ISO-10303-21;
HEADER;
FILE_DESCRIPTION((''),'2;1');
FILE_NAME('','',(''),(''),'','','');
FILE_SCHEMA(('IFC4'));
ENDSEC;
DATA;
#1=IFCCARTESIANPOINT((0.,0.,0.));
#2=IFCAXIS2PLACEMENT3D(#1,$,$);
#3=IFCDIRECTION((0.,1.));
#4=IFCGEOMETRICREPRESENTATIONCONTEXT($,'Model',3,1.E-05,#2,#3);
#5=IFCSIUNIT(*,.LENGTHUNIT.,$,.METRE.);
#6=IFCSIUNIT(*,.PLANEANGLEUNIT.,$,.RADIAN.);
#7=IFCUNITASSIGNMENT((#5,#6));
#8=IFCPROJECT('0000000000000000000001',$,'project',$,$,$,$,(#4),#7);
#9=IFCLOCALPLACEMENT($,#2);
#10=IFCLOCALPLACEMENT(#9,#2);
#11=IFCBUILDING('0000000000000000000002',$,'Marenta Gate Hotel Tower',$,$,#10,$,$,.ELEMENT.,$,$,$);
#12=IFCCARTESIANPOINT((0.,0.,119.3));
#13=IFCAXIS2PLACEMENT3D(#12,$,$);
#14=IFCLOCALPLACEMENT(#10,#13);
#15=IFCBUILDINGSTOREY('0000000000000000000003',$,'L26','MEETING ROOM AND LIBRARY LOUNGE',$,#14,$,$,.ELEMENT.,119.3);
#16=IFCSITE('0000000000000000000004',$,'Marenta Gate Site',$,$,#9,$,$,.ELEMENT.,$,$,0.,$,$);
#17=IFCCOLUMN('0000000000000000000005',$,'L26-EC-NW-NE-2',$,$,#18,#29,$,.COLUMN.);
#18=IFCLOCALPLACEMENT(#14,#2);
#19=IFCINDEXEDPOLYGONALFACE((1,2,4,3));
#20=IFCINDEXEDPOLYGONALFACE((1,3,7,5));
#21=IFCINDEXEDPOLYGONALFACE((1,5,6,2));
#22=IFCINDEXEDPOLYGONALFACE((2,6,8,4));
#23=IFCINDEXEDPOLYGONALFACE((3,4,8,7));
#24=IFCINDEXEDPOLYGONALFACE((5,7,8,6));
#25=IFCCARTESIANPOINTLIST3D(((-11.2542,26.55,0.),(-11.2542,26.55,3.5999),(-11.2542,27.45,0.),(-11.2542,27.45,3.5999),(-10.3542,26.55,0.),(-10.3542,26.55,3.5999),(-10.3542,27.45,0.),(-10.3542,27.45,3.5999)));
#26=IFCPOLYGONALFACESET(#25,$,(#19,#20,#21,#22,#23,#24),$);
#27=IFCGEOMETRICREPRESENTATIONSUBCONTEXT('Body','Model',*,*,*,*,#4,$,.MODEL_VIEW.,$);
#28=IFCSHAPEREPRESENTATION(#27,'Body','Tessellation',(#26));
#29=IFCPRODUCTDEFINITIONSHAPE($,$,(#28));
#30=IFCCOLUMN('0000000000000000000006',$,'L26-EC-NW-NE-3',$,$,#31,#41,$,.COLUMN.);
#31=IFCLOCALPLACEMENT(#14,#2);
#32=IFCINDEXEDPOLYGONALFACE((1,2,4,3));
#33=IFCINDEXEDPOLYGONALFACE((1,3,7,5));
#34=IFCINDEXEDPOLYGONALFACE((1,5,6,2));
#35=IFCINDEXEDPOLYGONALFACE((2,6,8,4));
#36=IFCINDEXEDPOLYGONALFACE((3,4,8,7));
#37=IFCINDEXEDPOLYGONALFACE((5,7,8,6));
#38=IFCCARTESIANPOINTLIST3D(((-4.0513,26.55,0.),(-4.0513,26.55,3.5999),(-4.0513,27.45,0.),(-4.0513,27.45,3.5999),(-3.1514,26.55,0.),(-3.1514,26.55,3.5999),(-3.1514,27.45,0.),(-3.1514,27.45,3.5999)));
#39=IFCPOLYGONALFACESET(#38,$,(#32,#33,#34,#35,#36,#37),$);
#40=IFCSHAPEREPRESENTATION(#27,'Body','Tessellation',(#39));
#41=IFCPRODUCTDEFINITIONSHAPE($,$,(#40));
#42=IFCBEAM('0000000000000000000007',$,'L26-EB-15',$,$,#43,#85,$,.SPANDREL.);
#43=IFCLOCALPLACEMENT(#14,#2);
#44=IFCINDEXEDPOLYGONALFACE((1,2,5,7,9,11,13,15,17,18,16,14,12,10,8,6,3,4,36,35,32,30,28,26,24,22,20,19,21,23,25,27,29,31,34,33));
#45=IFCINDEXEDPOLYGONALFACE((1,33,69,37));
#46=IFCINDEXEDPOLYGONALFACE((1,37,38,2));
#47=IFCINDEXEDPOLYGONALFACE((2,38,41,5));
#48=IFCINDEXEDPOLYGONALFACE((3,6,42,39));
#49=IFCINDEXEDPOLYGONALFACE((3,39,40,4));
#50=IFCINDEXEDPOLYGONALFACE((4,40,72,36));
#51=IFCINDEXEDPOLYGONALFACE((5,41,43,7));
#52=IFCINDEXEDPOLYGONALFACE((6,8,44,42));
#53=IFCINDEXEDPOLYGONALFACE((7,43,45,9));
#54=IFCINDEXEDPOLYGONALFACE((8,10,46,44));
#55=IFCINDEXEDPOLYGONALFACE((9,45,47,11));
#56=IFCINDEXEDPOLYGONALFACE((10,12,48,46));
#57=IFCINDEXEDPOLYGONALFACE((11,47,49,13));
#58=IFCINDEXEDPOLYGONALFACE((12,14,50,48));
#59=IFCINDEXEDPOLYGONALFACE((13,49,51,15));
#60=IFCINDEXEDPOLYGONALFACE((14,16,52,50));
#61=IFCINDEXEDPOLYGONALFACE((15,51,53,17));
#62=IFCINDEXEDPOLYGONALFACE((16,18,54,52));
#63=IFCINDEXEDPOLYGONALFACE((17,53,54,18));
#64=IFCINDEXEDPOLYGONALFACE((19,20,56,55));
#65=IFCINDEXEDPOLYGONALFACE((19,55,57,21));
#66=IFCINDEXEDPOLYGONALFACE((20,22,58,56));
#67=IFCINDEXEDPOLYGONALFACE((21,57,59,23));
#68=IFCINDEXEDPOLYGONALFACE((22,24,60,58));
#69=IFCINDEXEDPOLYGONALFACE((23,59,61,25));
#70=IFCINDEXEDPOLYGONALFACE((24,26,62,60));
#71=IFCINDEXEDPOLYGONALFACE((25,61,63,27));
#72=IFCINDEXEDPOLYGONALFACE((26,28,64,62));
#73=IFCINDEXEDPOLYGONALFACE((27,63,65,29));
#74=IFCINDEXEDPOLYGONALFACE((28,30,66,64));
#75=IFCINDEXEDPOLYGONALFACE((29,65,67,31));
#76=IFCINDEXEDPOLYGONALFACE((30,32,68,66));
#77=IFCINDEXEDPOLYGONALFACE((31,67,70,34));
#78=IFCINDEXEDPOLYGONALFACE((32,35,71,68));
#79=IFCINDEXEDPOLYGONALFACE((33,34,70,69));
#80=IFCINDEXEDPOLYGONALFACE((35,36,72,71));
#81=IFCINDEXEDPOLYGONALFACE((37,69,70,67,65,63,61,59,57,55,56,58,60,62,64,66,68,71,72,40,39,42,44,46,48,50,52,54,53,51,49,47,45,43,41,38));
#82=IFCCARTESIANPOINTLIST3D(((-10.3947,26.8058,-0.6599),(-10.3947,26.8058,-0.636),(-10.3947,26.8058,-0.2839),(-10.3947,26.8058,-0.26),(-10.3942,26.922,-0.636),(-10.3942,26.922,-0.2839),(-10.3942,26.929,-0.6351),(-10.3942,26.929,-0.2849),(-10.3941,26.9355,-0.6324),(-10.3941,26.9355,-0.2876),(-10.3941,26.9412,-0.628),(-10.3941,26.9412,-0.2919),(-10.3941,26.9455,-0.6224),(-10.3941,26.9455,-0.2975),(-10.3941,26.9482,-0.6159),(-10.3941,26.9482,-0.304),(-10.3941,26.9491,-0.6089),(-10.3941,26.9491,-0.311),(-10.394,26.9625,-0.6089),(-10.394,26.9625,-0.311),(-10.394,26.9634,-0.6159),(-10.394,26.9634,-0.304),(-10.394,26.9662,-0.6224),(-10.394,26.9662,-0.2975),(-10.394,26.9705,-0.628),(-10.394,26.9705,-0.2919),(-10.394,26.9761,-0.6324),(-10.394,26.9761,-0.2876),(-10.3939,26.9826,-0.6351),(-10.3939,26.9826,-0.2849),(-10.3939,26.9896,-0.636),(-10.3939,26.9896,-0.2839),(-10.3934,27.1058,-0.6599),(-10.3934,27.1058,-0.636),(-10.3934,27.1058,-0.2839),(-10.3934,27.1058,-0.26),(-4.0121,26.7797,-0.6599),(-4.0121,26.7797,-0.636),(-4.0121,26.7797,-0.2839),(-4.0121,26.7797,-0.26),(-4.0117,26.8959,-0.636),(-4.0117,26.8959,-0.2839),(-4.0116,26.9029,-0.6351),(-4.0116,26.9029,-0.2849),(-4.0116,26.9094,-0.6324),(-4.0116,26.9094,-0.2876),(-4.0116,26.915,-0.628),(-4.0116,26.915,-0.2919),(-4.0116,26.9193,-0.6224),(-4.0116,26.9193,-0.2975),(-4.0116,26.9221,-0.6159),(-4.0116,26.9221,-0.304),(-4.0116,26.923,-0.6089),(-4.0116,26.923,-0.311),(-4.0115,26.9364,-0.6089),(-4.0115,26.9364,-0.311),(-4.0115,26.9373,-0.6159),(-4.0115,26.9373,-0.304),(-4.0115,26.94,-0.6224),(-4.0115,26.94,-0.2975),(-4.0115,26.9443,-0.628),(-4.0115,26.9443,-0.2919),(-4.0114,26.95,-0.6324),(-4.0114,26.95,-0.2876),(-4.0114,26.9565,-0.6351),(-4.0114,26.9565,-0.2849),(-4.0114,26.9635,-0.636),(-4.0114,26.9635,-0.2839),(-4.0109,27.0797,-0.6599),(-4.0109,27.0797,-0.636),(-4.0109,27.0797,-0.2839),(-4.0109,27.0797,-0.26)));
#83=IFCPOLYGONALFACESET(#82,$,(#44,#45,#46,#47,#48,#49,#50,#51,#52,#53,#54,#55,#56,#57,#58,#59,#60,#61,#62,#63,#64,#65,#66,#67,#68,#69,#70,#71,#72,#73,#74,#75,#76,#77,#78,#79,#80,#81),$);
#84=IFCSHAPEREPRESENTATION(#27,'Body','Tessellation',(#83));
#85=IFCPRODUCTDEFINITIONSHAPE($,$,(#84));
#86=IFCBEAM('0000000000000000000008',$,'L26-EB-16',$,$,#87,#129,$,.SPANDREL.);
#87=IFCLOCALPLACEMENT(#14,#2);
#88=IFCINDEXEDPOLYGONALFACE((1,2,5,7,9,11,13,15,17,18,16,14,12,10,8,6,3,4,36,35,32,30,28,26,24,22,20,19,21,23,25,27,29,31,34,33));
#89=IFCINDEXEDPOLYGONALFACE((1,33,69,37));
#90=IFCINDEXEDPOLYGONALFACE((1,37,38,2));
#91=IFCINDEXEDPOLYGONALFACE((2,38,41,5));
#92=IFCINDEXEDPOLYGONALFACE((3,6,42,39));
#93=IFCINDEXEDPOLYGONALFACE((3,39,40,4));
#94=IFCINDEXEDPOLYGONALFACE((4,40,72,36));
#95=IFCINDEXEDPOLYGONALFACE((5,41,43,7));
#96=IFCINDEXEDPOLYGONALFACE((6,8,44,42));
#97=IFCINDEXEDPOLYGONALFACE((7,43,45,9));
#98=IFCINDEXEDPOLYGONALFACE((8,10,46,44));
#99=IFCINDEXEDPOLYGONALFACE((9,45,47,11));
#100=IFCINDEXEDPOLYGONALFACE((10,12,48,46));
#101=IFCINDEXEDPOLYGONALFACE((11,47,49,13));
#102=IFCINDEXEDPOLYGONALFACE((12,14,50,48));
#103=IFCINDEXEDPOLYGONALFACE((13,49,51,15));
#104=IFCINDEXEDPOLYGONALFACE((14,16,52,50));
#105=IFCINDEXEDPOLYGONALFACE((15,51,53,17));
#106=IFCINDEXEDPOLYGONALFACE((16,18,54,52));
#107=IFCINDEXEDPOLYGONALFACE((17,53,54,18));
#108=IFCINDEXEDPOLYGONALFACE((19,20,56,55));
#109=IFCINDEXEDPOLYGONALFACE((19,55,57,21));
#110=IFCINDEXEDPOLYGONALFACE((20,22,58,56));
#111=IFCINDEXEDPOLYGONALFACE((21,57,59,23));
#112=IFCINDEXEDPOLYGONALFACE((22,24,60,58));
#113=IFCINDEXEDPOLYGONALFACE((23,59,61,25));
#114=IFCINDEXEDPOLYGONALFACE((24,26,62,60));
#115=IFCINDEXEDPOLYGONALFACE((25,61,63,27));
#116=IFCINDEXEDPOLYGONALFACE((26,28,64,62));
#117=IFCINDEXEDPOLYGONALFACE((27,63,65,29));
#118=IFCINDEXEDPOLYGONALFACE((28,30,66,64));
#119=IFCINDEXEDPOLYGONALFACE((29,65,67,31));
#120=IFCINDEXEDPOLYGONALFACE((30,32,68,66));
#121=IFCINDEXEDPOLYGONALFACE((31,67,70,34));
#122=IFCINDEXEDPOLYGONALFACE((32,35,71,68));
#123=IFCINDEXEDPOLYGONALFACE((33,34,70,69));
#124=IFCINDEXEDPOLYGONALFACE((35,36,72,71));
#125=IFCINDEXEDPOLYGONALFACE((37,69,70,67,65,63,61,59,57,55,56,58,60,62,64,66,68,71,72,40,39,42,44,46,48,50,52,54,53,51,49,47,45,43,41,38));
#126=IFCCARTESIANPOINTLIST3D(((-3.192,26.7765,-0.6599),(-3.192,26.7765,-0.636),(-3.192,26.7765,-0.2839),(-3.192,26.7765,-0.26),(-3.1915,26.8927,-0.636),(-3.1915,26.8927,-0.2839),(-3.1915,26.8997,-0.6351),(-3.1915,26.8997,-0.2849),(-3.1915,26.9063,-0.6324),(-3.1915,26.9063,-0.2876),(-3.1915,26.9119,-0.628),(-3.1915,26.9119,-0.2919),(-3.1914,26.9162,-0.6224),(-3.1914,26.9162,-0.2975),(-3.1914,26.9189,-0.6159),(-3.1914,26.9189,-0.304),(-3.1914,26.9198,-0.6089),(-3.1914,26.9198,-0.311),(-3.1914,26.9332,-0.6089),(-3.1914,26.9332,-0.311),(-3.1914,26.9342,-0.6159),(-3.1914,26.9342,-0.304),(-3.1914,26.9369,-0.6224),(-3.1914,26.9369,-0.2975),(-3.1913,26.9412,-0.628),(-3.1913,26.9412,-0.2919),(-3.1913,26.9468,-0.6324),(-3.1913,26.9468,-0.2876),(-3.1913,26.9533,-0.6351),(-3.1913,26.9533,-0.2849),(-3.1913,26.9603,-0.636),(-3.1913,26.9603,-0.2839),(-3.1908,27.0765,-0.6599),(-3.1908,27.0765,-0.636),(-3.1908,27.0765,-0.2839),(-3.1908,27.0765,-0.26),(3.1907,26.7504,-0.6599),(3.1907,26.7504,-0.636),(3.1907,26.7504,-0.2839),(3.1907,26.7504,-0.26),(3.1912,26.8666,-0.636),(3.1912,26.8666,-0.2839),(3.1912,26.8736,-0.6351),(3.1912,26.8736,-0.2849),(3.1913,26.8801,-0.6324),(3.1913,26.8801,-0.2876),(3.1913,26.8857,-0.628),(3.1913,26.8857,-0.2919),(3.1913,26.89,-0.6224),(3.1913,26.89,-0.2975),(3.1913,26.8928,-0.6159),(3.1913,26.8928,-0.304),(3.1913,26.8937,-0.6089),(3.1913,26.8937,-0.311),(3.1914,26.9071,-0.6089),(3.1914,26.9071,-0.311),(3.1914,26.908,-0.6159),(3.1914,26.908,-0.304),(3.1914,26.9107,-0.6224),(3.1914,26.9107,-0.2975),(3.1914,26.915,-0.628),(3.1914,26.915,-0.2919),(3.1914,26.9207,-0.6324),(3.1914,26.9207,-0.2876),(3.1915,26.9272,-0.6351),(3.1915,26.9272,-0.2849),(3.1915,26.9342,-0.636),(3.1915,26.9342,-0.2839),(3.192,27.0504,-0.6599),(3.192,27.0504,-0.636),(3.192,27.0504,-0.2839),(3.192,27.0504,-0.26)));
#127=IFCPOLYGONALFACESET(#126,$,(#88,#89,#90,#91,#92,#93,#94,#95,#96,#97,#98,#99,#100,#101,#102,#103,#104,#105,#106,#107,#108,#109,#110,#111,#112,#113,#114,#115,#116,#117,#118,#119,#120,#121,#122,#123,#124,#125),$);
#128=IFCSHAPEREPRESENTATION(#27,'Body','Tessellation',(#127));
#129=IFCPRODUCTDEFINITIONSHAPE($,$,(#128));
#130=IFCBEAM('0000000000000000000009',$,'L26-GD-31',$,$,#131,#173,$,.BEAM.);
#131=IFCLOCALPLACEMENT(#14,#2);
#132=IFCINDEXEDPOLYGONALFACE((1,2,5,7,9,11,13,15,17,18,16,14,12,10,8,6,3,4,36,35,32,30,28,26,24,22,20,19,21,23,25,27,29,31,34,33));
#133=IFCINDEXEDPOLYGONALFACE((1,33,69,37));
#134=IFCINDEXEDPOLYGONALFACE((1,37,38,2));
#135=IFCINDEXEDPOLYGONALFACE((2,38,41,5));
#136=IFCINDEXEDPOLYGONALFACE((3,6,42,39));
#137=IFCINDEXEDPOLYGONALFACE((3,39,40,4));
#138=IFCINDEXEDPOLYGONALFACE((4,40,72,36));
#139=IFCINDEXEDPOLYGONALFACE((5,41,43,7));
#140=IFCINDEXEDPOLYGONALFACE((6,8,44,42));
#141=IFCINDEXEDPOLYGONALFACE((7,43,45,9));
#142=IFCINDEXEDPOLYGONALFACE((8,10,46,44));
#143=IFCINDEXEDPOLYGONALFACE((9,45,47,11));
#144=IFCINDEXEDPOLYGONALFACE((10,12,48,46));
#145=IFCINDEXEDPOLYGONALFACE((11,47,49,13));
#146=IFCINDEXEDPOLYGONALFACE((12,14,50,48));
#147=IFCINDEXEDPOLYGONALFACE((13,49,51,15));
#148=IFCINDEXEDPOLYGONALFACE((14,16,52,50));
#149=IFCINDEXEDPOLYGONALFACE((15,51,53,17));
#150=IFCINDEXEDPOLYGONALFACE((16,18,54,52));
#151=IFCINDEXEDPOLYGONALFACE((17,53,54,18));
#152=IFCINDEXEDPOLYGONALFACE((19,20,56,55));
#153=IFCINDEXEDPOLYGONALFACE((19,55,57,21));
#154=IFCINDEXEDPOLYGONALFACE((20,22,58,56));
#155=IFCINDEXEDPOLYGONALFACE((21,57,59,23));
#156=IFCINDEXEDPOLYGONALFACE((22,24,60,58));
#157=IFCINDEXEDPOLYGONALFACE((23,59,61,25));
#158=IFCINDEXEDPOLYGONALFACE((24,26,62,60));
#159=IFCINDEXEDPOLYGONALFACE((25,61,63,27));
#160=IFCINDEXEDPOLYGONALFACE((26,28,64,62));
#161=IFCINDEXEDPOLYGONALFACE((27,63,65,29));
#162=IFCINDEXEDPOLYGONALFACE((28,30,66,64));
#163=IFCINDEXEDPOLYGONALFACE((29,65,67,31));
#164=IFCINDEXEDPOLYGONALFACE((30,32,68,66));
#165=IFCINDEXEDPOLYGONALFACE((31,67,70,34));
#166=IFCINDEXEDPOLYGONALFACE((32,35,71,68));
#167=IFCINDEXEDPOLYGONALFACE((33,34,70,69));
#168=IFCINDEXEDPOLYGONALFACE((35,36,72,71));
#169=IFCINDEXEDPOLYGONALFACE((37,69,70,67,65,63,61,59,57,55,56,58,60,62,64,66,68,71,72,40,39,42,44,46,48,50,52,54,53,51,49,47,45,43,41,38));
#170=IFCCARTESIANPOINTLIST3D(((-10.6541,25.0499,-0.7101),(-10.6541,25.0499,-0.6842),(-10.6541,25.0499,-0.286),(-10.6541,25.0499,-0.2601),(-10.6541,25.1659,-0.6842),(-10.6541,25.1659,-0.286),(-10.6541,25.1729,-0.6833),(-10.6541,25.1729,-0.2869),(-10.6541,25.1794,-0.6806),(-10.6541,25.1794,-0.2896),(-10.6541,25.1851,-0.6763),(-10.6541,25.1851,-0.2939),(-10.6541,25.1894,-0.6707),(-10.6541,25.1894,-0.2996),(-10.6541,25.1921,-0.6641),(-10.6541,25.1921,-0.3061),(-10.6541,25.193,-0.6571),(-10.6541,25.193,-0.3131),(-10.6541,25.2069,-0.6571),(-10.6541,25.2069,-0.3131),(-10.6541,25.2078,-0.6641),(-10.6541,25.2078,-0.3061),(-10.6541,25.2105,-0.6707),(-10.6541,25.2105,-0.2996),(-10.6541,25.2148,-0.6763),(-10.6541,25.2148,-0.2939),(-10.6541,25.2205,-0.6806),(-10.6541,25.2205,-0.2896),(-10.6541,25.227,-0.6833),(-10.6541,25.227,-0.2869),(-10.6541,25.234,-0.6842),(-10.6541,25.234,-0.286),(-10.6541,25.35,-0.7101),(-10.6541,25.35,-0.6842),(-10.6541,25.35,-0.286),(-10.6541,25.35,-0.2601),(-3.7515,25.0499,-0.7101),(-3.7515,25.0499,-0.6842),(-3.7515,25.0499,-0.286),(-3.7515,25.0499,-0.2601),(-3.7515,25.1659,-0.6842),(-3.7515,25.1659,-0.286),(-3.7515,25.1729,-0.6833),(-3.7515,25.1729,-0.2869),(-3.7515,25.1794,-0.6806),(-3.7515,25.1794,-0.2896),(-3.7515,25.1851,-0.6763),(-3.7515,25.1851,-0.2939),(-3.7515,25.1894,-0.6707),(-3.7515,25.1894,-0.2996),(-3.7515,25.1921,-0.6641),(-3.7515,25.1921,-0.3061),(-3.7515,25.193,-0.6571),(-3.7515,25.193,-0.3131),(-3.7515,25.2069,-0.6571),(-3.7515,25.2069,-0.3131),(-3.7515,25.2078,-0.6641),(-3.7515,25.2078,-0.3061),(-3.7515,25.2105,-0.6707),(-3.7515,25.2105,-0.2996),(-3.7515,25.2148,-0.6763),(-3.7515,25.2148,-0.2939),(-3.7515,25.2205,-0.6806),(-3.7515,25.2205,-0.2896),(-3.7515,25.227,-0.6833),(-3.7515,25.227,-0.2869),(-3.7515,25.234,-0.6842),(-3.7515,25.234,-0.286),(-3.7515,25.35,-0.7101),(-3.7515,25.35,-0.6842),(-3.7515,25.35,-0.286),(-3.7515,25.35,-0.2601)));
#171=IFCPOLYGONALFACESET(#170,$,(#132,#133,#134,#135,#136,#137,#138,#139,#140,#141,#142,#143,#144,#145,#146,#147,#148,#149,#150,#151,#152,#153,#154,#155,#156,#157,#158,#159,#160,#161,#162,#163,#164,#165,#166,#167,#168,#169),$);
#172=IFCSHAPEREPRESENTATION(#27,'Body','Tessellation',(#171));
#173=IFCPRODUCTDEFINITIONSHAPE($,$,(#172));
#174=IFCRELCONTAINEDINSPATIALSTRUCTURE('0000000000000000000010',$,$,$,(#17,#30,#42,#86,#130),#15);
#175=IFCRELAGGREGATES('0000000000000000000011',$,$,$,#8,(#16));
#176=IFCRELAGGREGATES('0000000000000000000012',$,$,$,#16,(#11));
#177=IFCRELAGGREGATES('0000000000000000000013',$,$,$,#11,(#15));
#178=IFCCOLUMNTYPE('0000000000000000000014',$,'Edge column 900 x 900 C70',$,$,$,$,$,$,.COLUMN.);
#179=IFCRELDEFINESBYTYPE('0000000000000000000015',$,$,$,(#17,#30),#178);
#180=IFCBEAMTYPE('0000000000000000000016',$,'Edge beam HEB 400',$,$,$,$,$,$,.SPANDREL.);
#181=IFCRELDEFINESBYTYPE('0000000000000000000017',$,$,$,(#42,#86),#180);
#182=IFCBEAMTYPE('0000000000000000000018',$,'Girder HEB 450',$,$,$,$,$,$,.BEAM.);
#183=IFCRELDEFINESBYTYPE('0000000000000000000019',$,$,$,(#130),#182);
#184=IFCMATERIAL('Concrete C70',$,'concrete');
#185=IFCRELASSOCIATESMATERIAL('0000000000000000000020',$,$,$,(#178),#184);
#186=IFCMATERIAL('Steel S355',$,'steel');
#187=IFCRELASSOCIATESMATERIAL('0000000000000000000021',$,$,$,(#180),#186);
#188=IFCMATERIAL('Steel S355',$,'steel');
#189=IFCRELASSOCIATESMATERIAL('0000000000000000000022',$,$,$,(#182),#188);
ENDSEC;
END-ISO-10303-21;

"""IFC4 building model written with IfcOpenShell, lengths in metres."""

from ifc_helpers import new_model, si_unit, direction, frame, origin, origin_2d, place, context, subcontext, project, spatial, rectangle, i_section, extrude, material, material_profile, profile_set, type_object, element, save


model = new_model("IFC4")

# Units and contexts
model_context = context("Model", 3, precision=1e-05, world=origin(), true_north=direction((0.0, 1.0)))
body_context = subcontext(model_context, "Body", "Model", "MODEL_VIEW")
ifc_project = project(units=[si_unit("LENGTHUNIT", "METRE"), si_unit("PLANEANGLEUNIT", "RADIAN")], contexts=[model_context])

# Site, building, storey
site_placement = place(None, origin())
site = spatial("IfcSite", under=ifc_project, at=site_placement, Name="Marenta Gate Site", CompositionType="ELEMENT", RefElevation=0.0)
building_placement = place(site_placement, origin())
building = spatial("IfcBuilding", under=site, at=building_placement, Name="Marenta Gate Hotel Tower", CompositionType="ELEMENT")
storey_placement = place(building_placement, frame((0.0, 0.0, 119.3)))
storey = spatial("IfcBuildingStorey", under=building, at=storey_placement, Name="L26", Description="MEETING ROOM AND LIBRARY LOUNGE", CompositionType="ELEMENT", Elevation=119.3)

# Columns
ifc_material_1 = material(Name="Concrete C70", Category="concrete")
ifc_material_profile_1 = material_profile(ifc_material_1, rectangle(XDim=0.8999, YDim=0.8999, at=origin_2d()), Name="900 x 900")
ifc_profile_set_1 = profile_set([ifc_material_profile_1], Name="Concrete C70")
column_type = type_object("IfcColumnType", Name="Edge column 900 x 900 C70", PredefinedType="COLUMN", material=ifc_profile_set_1)
for number, where, z_axis, x_axis, name in (
    (1, (-10.8042, 27.0, 0.0), (0.0, 0.0, 1.0), (1.0, 0.0, 0.0), "L26-EC-NW-NE-2"),
    (2, (-3.6013, 27.0, 0.0), (0.0, 0.0, 1.0), (1.0, 0.0, 0.0), "L26-EC-NW-NE-3"),
):
    element("IfcColumn", number, at=place(storey_placement, frame(where, z_axis=z_axis, x_axis=x_axis)), inside=storey, type_object=column_type, Name=name, PredefinedType="COLUMN", context=body_context, shape_type="SweptSolid", body=[
        extrude(rectangle(XDim=0.8999, YDim=0.8999, at=origin_2d()), origin(), (0.0, 0.0, 1.0), 3.5999),
    ])

# Beams
ifc_material_2 = material(Name="Steel S355", Category="steel")
ifc_material_profile_2 = material_profile(ifc_material_2, i_section(OverallWidth=0.3, OverallDepth=0.3999, WebThickness=0.0134, FlangeThickness=0.0239, FilletRadius=0.0271, at=origin_2d()), Name="HEB 400")
ifc_profile_set_2 = profile_set([ifc_material_profile_2], Name="Steel S355")
beam_type_1 = type_object("IfcBeamType", Name="Edge beam HEB 400", PredefinedType="SPANDREL", material=ifc_profile_set_2)
beam_1_placement = place(storey_placement, frame((-10.394, 26.9558, -0.46), z_axis=(0.999992, -0.004093, 0.0), x_axis=(0.004093, 0.999992, 0.0)))
element("IfcBeam", 3, at=beam_1_placement, inside=storey, type_object=beam_type_1, Name="L26-EB-15", PredefinedType="SPANDREL", context=body_context, shape_type="SweptSolid", body=[
    extrude(i_section(OverallWidth=0.3, OverallDepth=0.3999, WebThickness=0.0134, FlangeThickness=0.0239, FilletRadius=0.0271, at=origin_2d()), origin(), (0.0, 0.0, 1.0), 6.3826),
])
beam_2_placement = place(storey_placement, frame((-3.1914, 26.9265, -0.46), z_axis=(0.999992, -0.004093, 0.0), x_axis=(0.004093, 0.999992, 0.0)))
element("IfcBeam", 4, at=beam_2_placement, inside=storey, type_object=beam_type_1, Name="L26-EB-16", PredefinedType="SPANDREL", context=body_context, shape_type="SweptSolid", body=[
    extrude(i_section(OverallWidth=0.3, OverallDepth=0.3999, WebThickness=0.0134, FlangeThickness=0.0239, FilletRadius=0.0271, at=origin_2d()), origin(), (0.0, 0.0, 1.0), 6.3828),
])
ifc_material_3 = material(Name="Steel S355", Category="steel")
ifc_material_profile_3 = material_profile(ifc_material_3, i_section(OverallWidth=0.3, OverallDepth=0.45, WebThickness=0.0139, FlangeThickness=0.0259, FilletRadius=0.0271, at=origin_2d()), Name="HEB 450")
ifc_profile_set_3 = profile_set([ifc_material_profile_3], Name="Steel S355")
beam_type_2 = type_object("IfcBeamType", Name="Girder HEB 450", PredefinedType="BEAM", material=ifc_profile_set_3)
beam_3_placement = place(storey_placement, frame((-10.6541, 25.2, -0.4851), z_axis=(1.0, 0.0, 0.0), x_axis=(0.0, 1.0, 0.0)))
element("IfcBeam", 5, at=beam_3_placement, inside=storey, type_object=beam_type_2, Name="L26-GD-31", PredefinedType="BEAM", context=body_context, shape_type="SweptSolid", body=[
    extrude(i_section(OverallWidth=0.3, OverallDepth=0.45, WebThickness=0.0139, FlangeThickness=0.0259, FilletRadius=0.0271, at=origin_2d()), origin(), (0.0, 0.0, 1.0), 6.9026),
])

save(model, "model.ifc")
